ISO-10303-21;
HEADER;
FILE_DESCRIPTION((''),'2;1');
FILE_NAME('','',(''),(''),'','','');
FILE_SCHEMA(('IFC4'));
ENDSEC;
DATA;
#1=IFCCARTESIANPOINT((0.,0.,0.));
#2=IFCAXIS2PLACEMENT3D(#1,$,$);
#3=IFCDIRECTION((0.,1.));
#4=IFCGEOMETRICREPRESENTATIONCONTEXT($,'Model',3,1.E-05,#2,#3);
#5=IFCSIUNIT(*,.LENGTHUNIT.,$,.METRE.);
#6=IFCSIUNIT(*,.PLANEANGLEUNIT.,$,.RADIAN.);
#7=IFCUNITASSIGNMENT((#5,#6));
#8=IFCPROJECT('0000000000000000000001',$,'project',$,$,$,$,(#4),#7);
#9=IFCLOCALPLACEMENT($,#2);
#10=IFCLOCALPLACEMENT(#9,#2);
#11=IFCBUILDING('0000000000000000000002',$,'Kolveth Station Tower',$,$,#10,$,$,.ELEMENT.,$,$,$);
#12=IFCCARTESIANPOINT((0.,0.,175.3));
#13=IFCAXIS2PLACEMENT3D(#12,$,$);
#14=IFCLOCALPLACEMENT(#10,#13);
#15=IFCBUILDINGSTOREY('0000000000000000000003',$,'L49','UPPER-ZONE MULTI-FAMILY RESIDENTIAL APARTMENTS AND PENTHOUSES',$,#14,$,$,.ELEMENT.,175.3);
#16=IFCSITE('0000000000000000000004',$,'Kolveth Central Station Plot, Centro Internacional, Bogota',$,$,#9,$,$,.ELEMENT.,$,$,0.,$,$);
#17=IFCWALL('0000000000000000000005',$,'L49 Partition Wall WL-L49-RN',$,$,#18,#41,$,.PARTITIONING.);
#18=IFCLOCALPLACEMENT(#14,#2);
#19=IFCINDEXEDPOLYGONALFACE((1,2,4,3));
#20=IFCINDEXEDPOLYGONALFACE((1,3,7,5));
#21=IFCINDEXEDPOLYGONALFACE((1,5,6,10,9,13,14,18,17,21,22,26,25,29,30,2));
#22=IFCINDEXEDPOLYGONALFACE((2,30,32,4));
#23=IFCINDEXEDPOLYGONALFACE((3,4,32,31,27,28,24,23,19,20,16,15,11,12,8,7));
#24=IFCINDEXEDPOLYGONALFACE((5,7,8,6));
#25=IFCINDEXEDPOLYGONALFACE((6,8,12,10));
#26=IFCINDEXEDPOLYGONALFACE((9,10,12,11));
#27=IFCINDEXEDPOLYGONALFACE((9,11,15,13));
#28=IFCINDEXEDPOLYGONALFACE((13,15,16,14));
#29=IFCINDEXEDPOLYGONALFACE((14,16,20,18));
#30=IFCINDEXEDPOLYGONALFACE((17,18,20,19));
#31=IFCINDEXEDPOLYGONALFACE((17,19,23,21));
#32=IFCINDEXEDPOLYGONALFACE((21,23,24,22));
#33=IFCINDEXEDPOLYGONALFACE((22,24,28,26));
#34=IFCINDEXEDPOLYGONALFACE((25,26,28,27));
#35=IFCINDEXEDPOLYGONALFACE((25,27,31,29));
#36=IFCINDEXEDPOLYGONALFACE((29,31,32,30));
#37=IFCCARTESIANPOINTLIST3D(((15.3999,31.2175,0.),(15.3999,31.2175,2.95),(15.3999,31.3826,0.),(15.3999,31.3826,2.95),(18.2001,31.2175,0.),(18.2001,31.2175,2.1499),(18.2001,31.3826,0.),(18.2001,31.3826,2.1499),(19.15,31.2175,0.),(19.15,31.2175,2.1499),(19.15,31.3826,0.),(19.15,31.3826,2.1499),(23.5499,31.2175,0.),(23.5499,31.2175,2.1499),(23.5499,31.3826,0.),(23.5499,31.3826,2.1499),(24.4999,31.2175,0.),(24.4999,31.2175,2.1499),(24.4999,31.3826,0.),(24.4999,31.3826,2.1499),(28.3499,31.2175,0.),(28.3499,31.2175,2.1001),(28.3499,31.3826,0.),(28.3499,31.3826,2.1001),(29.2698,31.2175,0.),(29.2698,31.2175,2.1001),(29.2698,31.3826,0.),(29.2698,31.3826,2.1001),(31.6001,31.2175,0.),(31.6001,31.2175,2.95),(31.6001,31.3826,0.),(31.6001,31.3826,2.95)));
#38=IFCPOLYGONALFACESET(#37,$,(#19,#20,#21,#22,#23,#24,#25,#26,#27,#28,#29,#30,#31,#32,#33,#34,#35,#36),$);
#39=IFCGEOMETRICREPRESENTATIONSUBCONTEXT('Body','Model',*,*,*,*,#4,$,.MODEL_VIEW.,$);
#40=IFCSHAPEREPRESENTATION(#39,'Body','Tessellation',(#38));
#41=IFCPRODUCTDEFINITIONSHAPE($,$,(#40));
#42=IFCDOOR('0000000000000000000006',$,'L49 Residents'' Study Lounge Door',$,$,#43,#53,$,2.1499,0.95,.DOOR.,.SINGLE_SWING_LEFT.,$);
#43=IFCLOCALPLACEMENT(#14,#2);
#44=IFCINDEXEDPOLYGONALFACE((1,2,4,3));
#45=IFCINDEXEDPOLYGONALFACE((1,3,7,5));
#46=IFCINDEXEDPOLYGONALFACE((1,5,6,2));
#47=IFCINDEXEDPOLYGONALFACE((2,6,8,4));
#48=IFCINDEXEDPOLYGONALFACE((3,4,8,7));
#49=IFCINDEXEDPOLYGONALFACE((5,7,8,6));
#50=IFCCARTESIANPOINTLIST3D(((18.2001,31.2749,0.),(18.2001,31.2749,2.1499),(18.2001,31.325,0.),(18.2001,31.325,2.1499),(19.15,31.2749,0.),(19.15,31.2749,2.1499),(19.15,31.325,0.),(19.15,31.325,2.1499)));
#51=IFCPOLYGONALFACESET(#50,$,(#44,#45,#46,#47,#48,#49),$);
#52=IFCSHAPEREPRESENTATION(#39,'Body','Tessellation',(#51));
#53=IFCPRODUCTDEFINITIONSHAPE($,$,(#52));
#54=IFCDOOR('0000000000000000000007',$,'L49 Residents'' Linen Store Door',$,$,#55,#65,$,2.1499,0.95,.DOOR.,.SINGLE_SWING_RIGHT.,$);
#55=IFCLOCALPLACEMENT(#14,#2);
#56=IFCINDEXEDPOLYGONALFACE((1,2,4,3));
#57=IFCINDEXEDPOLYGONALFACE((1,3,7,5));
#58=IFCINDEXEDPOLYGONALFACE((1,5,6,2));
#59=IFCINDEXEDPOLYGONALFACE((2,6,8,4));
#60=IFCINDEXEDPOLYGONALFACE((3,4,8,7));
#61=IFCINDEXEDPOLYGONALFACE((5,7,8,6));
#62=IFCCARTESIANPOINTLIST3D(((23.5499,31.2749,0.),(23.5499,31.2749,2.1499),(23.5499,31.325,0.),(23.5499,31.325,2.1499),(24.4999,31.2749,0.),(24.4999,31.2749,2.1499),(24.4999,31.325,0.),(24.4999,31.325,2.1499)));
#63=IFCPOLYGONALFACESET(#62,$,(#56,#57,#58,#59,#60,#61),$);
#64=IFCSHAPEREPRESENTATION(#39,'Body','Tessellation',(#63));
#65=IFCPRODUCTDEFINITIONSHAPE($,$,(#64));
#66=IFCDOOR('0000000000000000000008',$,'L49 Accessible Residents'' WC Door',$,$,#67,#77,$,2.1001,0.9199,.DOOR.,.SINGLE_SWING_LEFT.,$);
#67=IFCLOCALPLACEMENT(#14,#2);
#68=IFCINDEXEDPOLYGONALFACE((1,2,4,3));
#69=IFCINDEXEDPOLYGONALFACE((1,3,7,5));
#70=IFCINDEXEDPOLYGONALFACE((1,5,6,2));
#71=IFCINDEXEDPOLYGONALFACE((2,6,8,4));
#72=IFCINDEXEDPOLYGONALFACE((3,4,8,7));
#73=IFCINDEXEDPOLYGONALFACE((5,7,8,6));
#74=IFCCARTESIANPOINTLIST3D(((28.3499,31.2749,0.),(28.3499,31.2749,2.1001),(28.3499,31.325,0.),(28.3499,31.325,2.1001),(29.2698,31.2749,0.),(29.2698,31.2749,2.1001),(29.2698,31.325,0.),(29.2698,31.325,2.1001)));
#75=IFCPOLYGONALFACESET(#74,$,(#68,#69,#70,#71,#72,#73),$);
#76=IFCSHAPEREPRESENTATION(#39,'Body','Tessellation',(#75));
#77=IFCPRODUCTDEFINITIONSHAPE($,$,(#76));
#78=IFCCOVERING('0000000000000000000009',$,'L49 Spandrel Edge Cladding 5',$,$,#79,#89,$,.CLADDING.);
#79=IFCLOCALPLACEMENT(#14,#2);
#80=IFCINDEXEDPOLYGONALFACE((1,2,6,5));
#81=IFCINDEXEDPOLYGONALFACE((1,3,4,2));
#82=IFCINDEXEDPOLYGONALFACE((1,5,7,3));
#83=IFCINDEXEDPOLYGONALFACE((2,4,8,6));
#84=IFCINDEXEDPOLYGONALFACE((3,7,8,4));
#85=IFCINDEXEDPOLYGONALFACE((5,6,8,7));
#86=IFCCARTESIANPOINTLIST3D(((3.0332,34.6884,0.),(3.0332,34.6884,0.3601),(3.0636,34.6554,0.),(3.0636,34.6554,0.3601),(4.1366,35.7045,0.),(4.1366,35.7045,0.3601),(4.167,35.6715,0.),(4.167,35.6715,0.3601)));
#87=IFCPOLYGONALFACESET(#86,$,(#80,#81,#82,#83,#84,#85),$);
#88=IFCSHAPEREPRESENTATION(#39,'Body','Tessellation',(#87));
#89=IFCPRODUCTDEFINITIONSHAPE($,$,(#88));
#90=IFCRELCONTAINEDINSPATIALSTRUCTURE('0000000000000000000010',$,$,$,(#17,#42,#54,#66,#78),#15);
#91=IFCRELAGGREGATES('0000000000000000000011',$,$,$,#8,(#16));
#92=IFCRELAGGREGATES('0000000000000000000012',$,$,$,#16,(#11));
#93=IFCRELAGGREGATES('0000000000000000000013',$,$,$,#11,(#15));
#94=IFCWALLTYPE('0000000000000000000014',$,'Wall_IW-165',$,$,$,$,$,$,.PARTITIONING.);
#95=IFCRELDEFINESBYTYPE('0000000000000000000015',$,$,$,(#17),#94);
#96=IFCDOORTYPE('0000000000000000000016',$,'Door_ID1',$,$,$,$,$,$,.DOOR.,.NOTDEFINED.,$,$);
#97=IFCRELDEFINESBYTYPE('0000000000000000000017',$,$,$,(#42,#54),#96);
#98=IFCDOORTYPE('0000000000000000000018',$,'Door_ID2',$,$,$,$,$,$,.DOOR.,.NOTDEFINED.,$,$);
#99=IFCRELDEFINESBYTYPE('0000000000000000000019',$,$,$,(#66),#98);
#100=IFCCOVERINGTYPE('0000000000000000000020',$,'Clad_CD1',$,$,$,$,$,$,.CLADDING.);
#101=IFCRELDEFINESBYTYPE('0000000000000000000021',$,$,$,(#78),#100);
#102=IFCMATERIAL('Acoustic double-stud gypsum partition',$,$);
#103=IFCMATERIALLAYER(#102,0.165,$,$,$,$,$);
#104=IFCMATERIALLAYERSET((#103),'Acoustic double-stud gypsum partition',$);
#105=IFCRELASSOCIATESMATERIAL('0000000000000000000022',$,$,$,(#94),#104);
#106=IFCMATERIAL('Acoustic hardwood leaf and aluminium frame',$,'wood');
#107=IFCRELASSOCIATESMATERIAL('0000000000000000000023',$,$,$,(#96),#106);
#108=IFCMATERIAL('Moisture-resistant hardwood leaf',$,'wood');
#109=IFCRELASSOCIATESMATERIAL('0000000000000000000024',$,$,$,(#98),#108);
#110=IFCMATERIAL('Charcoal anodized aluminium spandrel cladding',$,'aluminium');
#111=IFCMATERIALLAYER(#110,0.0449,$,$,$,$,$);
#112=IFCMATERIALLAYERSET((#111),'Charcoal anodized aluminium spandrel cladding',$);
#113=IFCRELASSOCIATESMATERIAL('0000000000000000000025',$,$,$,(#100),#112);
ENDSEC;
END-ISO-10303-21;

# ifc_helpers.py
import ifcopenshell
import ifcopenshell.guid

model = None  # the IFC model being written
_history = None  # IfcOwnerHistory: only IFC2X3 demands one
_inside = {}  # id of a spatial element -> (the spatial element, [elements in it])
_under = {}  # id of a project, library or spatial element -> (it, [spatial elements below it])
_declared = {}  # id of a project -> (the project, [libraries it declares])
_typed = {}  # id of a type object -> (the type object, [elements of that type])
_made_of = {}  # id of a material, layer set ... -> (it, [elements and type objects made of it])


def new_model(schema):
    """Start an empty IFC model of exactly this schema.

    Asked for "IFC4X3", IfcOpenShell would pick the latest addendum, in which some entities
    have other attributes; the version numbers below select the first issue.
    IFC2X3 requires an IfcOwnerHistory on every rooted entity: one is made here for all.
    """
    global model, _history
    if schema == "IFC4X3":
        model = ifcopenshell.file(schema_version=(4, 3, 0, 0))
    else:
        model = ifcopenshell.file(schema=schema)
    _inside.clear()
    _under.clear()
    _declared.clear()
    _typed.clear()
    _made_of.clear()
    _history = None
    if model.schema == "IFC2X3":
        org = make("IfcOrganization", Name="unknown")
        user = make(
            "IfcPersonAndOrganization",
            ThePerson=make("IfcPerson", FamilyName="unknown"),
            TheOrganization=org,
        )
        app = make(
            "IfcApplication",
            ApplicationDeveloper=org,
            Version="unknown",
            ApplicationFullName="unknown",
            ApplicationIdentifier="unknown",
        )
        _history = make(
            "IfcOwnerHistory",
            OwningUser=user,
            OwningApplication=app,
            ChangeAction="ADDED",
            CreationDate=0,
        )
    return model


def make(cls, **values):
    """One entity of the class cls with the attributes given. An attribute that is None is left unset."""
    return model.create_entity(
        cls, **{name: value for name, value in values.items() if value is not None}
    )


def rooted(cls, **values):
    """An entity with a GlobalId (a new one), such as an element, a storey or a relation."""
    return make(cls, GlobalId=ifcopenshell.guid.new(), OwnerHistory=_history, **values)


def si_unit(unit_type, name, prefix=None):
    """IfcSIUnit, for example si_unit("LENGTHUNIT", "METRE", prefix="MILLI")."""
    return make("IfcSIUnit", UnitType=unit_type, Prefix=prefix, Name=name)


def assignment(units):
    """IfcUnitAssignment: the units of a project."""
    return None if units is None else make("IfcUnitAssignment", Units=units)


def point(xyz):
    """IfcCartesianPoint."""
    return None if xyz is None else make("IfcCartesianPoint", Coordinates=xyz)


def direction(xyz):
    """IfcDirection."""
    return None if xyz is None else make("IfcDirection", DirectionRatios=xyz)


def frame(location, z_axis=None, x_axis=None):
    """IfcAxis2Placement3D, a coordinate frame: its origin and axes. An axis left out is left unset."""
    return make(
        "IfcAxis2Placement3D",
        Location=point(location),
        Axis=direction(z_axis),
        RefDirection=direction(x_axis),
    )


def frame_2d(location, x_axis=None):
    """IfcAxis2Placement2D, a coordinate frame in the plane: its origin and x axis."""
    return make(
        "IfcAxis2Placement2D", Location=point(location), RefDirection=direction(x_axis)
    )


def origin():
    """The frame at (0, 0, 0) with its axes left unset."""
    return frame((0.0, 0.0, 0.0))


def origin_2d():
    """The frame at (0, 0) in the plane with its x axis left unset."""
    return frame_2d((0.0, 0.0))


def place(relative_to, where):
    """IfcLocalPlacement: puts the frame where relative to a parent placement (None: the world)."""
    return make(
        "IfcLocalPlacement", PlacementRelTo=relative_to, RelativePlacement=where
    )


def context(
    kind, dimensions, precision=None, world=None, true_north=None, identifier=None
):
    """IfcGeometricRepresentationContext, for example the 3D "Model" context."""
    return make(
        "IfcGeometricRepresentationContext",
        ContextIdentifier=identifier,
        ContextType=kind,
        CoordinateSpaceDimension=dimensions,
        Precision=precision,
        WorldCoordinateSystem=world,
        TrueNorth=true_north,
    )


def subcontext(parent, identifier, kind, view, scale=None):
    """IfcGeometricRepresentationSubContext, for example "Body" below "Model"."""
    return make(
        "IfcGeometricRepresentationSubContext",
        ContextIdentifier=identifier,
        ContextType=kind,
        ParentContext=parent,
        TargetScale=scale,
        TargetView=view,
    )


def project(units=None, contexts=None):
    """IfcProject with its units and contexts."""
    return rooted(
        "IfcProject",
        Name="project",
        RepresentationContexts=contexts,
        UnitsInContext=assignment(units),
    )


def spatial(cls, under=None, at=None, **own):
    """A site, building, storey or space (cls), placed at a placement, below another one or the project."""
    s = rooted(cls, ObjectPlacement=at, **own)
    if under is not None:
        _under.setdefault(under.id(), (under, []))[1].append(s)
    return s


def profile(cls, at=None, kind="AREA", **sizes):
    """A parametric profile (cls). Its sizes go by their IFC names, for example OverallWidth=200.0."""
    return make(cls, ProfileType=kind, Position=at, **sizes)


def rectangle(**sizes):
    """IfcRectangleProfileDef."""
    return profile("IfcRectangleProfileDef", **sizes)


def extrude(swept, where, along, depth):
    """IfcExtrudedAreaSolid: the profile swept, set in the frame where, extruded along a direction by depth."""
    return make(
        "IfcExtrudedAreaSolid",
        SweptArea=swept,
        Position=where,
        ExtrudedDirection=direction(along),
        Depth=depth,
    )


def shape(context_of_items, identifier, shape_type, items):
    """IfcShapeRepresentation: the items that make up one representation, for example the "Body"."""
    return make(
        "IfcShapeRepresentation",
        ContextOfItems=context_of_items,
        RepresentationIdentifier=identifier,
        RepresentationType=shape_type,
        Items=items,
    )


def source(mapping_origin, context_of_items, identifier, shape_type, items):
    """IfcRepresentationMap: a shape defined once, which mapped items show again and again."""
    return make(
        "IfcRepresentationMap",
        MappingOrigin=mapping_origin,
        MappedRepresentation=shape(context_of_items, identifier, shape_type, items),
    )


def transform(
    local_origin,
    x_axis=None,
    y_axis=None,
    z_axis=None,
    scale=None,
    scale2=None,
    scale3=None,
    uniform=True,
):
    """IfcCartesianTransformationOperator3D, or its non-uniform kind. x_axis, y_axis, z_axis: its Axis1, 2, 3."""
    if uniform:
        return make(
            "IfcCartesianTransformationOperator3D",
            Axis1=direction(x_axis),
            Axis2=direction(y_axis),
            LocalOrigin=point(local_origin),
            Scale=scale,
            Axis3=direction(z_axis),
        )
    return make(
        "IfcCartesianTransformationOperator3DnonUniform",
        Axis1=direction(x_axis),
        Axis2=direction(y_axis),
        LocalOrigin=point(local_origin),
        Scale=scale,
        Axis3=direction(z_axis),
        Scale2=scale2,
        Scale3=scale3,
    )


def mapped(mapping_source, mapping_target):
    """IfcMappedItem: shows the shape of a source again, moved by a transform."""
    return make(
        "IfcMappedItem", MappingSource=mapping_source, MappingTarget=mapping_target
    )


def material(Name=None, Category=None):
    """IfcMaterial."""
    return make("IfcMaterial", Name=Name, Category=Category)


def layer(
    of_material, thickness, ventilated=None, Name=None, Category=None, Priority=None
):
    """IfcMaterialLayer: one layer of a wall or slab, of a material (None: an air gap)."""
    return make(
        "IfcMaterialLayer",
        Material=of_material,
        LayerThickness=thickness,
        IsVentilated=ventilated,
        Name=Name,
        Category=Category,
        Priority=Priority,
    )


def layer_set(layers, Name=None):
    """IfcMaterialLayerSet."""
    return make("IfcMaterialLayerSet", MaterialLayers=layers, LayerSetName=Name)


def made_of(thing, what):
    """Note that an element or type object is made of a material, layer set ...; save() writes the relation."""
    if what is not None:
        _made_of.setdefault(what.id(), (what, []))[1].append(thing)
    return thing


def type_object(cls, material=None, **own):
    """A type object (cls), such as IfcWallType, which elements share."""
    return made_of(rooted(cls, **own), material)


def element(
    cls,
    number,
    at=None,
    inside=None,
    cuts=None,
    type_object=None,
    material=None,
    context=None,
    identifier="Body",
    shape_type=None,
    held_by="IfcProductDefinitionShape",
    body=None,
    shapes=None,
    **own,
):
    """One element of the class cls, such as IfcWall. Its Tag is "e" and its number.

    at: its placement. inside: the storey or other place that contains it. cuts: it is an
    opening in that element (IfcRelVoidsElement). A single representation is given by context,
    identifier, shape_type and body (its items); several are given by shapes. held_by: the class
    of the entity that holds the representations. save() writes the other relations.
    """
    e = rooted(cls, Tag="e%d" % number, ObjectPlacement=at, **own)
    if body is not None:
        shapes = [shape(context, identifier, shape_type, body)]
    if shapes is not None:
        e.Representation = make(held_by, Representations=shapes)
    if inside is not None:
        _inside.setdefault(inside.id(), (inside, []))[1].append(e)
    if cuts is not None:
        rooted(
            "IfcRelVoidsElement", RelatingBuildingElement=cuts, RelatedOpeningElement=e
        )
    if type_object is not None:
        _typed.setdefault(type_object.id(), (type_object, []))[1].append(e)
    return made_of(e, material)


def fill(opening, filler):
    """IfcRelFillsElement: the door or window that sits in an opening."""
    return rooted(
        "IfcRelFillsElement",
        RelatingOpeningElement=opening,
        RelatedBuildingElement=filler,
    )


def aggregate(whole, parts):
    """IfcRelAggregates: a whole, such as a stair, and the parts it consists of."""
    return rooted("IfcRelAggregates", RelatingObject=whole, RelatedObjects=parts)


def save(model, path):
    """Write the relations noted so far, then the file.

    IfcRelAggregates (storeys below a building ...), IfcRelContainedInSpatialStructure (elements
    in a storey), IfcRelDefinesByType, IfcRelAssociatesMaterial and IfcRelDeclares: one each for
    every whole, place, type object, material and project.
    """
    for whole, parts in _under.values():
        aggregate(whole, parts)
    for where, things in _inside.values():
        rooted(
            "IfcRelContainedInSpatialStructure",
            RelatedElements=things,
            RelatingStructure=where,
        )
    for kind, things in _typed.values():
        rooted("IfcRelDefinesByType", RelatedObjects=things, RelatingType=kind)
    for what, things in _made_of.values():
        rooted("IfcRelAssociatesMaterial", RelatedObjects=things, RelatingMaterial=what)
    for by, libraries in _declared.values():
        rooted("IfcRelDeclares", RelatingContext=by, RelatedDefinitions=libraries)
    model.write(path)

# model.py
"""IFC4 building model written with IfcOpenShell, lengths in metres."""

from ifc_helpers import new_model, si_unit, direction, frame, frame_2d, origin, origin_2d, place, context, subcontext, project, spatial, rectangle, extrude, source, transform, mapped, material, layer, layer_set, type_object, element, fill, save


model = new_model("IFC4")

# Units and contexts
model_context = context("Model", 3, precision=1e-05, world=origin(), true_north=direction((0.0, 1.0)))
body_context = subcontext(model_context, "Body", "Model", "MODEL_VIEW")
ifc_project = project(units=[si_unit("LENGTHUNIT", "METRE"), si_unit("PLANEANGLEUNIT", "RADIAN")], contexts=[model_context])

# Site, building, storey
site_placement = place(None, origin())
site = spatial("IfcSite", under=ifc_project, at=site_placement, Name="Kolveth Central Station Plot, Centro Internacional, Bogota", CompositionType="ELEMENT", RefElevation=0.0)
building_placement = place(site_placement, origin())
building = spatial("IfcBuilding", under=site, at=building_placement, Name="Kolveth Station Tower", CompositionType="ELEMENT")
storey_placement = place(building_placement, frame((0.0, 0.0, 175.3)))
storey = spatial("IfcBuildingStorey", under=building, at=storey_placement, Name="L49", Description="UPPER-ZONE MULTI-FAMILY RESIDENTIAL APARTMENTS AND PENTHOUSES", CompositionType="ELEMENT", Elevation=175.3)

# Wall, openings, doors
ifc_material_1 = material(Name="Acoustic double-stud gypsum partition")
ifc_layer_1 = layer(ifc_material_1, 0.165)
ifc_layer_set_1 = layer_set([ifc_layer_1], Name="Acoustic double-stud gypsum partition")
wall_type_1 = type_object("IfcWallType", Name="Wall_IW-165", PredefinedType="PARTITIONING", material=ifc_layer_set_1)
wall_1_placement = place(storey_placement, frame((15.3999, 31.3, 0.0), z_axis=(0.0, 0.0, 1.0), x_axis=(1.0, 0.0, 0.0)))
wall_1 = element("IfcWall", 1, at=wall_1_placement, inside=storey, type_object=wall_type_1, Name="L49 Partition Wall WL-L49-RN", PredefinedType="PARTITIONING", context=body_context, shape_type="SweptSolid", body=[
    extrude(rectangle(XDim=16.2002, YDim=0.165, at=frame_2d((8.1001, 0.0))), origin(), (0.0, 0.0, 1.0), 2.95),
])
opening_1_placement = place(wall_1_placement, frame((2.8, 0.0, 0.0)))
opening_1 = element("IfcOpeningElement", 2, at=opening_1_placement, cuts=wall_1, PredefinedType="OPENING", context=body_context, shape_type="SweptSolid", body=[
    extrude(rectangle(XDim=0.95, YDim=2.1499, at=frame_2d((0.4751, 1.075))), frame((0.0, 0.0925, 0.0), z_axis=(0.0, -1.0, 0.0), x_axis=(1.0, 0.0, 0.0)), (0.0, 0.0, 1.0), 0.1851),
])
opening_2_placement = place(wall_1_placement, frame((8.1499, 0.0, 0.0)))
opening_2 = element("IfcOpeningElement", 3, at=opening_2_placement, cuts=wall_1, PredefinedType="OPENING", context=body_context, shape_type="SweptSolid", body=[
    extrude(rectangle(XDim=0.95, YDim=2.1499, at=frame_2d((0.4751, 1.075))), frame((0.0, 0.0925, 0.0), z_axis=(0.0, -1.0, 0.0), x_axis=(1.0, 0.0, 0.0)), (0.0, 0.0, 1.0), 0.1851),
])
opening_3_placement = place(wall_1_placement, frame((12.95, 0.0, 0.0)))
opening_3 = element("IfcOpeningElement", 4, at=opening_3_placement, cuts=wall_1, PredefinedType="OPENING", context=body_context, shape_type="SweptSolid", body=[
    extrude(rectangle(XDim=0.9199, YDim=2.1001, at=frame_2d((0.46, 1.05))), frame((0.0, 0.0925, 0.0), z_axis=(0.0, -1.0, 0.0), x_axis=(1.0, 0.0, 0.0)), (0.0, 0.0, 1.0), 0.1851),
])
ifc_material_2 = material(Name="Acoustic hardwood leaf and aluminium frame", Category="wood")
door_type_1 = type_object("IfcDoorType", Name="Door_ID1", OperationType="NOTDEFINED", PredefinedType="DOOR", material=ifc_material_2)
door_1_placement = place(opening_1_placement, origin())
door_1 = element("IfcDoor", 5, at=door_1_placement, inside=storey, type_object=door_type_1, Name="L49 Residents' Study Lounge Door", OperationType="SINGLE_SWING_LEFT", OverallHeight=2.1499, OverallWidth=0.95, PredefinedType="DOOR", context=body_context, shape_type="SweptSolid", body=[
    extrude(rectangle(XDim=0.95, YDim=2.1499, at=frame_2d((0.4751, 1.075))), frame((0.0, 0.0249, 0.0), z_axis=(0.0, -1.0, 0.0), x_axis=(1.0, 0.0, 0.0)), (0.0, 0.0, 1.0), 0.05),
])
fill(opening_1, door_1)
door_2_placement = place(opening_2_placement, origin())
door_2 = element("IfcDoor", 6, at=door_2_placement, inside=storey, type_object=door_type_1, Name="L49 Residents' Linen Store Door", OperationType="SINGLE_SWING_RIGHT", OverallHeight=2.1499, OverallWidth=0.95, PredefinedType="DOOR", context=body_context, shape_type="SweptSolid", body=[
    extrude(rectangle(XDim=0.95, YDim=2.1499, at=frame_2d((0.4751, 1.075))), frame((0.0, 0.0249, 0.0), z_axis=(0.0, -1.0, 0.0), x_axis=(1.0, 0.0, 0.0)), (0.0, 0.0, 1.0), 0.05),
])
fill(opening_2, door_2)
ifc_material_3 = material(Name="Moisture-resistant hardwood leaf", Category="wood")
door_type_2 = type_object("IfcDoorType", Name="Door_ID2", OperationType="NOTDEFINED", PredefinedType="DOOR", material=ifc_material_3)
door_3_placement = place(opening_3_placement, origin())
door_3 = element("IfcDoor", 7, at=door_3_placement, inside=storey, type_object=door_type_2, Name="L49 Accessible Residents' WC Door", OperationType="SINGLE_SWING_LEFT", OverallHeight=2.1001, OverallWidth=0.9199, PredefinedType="DOOR", context=body_context, shape_type="SweptSolid", body=[
    extrude(rectangle(XDim=0.9199, YDim=2.1001, at=frame_2d((0.46, 1.05))), frame((0.0, 0.0249, 0.0), z_axis=(0.0, -1.0, 0.0), x_axis=(1.0, 0.0, 0.0)), (0.0, 0.0, 1.0), 0.05),
])
fill(opening_3, door_3)

# Covering
ifc_material_4 = material(Name="Charcoal anodized aluminium spandrel cladding", Category="aluminium")
ifc_layer_2 = layer(ifc_material_4, 0.0449)
ifc_layer_set_2 = layer_set([ifc_layer_2], Name="Charcoal anodized aluminium spandrel cladding")
covering_type = type_object("IfcCoveringType", Name="Clad_CD1", PredefinedType="CLADDING", material=ifc_layer_set_2)
shared_shape_1 = source(origin(), body_context, "Body", "SweptSolid", [
    extrude(rectangle(XDim=1.5, YDim=0.0449, at=origin_2d()), origin(), (0.0, 0.0, 1.0), 0.3601),
])
covering_placement = place(storey_placement, frame((3.6001, 35.1799, 0.0), z_axis=(0.0, 0.0, 1.0), x_axis=(-0.735624, -0.67739, 0.0)))
element("IfcCovering", 8, at=covering_placement, inside=storey, type_object=covering_type, Name="L49 Spandrel Edge Cladding 5", PredefinedType="CLADDING", context=body_context, shape_type="MappedRepresentation", body=[
    mapped(shared_shape_1, transform((0.0, 0.0, 0.0), x_axis=(1.0, 0.0, 0.0), y_axis=(0.0, 1.0, 0.0), z_axis=(0.0, 0.0, 1.0), scale=1.0)),
])

save(model, "model.ifc")
